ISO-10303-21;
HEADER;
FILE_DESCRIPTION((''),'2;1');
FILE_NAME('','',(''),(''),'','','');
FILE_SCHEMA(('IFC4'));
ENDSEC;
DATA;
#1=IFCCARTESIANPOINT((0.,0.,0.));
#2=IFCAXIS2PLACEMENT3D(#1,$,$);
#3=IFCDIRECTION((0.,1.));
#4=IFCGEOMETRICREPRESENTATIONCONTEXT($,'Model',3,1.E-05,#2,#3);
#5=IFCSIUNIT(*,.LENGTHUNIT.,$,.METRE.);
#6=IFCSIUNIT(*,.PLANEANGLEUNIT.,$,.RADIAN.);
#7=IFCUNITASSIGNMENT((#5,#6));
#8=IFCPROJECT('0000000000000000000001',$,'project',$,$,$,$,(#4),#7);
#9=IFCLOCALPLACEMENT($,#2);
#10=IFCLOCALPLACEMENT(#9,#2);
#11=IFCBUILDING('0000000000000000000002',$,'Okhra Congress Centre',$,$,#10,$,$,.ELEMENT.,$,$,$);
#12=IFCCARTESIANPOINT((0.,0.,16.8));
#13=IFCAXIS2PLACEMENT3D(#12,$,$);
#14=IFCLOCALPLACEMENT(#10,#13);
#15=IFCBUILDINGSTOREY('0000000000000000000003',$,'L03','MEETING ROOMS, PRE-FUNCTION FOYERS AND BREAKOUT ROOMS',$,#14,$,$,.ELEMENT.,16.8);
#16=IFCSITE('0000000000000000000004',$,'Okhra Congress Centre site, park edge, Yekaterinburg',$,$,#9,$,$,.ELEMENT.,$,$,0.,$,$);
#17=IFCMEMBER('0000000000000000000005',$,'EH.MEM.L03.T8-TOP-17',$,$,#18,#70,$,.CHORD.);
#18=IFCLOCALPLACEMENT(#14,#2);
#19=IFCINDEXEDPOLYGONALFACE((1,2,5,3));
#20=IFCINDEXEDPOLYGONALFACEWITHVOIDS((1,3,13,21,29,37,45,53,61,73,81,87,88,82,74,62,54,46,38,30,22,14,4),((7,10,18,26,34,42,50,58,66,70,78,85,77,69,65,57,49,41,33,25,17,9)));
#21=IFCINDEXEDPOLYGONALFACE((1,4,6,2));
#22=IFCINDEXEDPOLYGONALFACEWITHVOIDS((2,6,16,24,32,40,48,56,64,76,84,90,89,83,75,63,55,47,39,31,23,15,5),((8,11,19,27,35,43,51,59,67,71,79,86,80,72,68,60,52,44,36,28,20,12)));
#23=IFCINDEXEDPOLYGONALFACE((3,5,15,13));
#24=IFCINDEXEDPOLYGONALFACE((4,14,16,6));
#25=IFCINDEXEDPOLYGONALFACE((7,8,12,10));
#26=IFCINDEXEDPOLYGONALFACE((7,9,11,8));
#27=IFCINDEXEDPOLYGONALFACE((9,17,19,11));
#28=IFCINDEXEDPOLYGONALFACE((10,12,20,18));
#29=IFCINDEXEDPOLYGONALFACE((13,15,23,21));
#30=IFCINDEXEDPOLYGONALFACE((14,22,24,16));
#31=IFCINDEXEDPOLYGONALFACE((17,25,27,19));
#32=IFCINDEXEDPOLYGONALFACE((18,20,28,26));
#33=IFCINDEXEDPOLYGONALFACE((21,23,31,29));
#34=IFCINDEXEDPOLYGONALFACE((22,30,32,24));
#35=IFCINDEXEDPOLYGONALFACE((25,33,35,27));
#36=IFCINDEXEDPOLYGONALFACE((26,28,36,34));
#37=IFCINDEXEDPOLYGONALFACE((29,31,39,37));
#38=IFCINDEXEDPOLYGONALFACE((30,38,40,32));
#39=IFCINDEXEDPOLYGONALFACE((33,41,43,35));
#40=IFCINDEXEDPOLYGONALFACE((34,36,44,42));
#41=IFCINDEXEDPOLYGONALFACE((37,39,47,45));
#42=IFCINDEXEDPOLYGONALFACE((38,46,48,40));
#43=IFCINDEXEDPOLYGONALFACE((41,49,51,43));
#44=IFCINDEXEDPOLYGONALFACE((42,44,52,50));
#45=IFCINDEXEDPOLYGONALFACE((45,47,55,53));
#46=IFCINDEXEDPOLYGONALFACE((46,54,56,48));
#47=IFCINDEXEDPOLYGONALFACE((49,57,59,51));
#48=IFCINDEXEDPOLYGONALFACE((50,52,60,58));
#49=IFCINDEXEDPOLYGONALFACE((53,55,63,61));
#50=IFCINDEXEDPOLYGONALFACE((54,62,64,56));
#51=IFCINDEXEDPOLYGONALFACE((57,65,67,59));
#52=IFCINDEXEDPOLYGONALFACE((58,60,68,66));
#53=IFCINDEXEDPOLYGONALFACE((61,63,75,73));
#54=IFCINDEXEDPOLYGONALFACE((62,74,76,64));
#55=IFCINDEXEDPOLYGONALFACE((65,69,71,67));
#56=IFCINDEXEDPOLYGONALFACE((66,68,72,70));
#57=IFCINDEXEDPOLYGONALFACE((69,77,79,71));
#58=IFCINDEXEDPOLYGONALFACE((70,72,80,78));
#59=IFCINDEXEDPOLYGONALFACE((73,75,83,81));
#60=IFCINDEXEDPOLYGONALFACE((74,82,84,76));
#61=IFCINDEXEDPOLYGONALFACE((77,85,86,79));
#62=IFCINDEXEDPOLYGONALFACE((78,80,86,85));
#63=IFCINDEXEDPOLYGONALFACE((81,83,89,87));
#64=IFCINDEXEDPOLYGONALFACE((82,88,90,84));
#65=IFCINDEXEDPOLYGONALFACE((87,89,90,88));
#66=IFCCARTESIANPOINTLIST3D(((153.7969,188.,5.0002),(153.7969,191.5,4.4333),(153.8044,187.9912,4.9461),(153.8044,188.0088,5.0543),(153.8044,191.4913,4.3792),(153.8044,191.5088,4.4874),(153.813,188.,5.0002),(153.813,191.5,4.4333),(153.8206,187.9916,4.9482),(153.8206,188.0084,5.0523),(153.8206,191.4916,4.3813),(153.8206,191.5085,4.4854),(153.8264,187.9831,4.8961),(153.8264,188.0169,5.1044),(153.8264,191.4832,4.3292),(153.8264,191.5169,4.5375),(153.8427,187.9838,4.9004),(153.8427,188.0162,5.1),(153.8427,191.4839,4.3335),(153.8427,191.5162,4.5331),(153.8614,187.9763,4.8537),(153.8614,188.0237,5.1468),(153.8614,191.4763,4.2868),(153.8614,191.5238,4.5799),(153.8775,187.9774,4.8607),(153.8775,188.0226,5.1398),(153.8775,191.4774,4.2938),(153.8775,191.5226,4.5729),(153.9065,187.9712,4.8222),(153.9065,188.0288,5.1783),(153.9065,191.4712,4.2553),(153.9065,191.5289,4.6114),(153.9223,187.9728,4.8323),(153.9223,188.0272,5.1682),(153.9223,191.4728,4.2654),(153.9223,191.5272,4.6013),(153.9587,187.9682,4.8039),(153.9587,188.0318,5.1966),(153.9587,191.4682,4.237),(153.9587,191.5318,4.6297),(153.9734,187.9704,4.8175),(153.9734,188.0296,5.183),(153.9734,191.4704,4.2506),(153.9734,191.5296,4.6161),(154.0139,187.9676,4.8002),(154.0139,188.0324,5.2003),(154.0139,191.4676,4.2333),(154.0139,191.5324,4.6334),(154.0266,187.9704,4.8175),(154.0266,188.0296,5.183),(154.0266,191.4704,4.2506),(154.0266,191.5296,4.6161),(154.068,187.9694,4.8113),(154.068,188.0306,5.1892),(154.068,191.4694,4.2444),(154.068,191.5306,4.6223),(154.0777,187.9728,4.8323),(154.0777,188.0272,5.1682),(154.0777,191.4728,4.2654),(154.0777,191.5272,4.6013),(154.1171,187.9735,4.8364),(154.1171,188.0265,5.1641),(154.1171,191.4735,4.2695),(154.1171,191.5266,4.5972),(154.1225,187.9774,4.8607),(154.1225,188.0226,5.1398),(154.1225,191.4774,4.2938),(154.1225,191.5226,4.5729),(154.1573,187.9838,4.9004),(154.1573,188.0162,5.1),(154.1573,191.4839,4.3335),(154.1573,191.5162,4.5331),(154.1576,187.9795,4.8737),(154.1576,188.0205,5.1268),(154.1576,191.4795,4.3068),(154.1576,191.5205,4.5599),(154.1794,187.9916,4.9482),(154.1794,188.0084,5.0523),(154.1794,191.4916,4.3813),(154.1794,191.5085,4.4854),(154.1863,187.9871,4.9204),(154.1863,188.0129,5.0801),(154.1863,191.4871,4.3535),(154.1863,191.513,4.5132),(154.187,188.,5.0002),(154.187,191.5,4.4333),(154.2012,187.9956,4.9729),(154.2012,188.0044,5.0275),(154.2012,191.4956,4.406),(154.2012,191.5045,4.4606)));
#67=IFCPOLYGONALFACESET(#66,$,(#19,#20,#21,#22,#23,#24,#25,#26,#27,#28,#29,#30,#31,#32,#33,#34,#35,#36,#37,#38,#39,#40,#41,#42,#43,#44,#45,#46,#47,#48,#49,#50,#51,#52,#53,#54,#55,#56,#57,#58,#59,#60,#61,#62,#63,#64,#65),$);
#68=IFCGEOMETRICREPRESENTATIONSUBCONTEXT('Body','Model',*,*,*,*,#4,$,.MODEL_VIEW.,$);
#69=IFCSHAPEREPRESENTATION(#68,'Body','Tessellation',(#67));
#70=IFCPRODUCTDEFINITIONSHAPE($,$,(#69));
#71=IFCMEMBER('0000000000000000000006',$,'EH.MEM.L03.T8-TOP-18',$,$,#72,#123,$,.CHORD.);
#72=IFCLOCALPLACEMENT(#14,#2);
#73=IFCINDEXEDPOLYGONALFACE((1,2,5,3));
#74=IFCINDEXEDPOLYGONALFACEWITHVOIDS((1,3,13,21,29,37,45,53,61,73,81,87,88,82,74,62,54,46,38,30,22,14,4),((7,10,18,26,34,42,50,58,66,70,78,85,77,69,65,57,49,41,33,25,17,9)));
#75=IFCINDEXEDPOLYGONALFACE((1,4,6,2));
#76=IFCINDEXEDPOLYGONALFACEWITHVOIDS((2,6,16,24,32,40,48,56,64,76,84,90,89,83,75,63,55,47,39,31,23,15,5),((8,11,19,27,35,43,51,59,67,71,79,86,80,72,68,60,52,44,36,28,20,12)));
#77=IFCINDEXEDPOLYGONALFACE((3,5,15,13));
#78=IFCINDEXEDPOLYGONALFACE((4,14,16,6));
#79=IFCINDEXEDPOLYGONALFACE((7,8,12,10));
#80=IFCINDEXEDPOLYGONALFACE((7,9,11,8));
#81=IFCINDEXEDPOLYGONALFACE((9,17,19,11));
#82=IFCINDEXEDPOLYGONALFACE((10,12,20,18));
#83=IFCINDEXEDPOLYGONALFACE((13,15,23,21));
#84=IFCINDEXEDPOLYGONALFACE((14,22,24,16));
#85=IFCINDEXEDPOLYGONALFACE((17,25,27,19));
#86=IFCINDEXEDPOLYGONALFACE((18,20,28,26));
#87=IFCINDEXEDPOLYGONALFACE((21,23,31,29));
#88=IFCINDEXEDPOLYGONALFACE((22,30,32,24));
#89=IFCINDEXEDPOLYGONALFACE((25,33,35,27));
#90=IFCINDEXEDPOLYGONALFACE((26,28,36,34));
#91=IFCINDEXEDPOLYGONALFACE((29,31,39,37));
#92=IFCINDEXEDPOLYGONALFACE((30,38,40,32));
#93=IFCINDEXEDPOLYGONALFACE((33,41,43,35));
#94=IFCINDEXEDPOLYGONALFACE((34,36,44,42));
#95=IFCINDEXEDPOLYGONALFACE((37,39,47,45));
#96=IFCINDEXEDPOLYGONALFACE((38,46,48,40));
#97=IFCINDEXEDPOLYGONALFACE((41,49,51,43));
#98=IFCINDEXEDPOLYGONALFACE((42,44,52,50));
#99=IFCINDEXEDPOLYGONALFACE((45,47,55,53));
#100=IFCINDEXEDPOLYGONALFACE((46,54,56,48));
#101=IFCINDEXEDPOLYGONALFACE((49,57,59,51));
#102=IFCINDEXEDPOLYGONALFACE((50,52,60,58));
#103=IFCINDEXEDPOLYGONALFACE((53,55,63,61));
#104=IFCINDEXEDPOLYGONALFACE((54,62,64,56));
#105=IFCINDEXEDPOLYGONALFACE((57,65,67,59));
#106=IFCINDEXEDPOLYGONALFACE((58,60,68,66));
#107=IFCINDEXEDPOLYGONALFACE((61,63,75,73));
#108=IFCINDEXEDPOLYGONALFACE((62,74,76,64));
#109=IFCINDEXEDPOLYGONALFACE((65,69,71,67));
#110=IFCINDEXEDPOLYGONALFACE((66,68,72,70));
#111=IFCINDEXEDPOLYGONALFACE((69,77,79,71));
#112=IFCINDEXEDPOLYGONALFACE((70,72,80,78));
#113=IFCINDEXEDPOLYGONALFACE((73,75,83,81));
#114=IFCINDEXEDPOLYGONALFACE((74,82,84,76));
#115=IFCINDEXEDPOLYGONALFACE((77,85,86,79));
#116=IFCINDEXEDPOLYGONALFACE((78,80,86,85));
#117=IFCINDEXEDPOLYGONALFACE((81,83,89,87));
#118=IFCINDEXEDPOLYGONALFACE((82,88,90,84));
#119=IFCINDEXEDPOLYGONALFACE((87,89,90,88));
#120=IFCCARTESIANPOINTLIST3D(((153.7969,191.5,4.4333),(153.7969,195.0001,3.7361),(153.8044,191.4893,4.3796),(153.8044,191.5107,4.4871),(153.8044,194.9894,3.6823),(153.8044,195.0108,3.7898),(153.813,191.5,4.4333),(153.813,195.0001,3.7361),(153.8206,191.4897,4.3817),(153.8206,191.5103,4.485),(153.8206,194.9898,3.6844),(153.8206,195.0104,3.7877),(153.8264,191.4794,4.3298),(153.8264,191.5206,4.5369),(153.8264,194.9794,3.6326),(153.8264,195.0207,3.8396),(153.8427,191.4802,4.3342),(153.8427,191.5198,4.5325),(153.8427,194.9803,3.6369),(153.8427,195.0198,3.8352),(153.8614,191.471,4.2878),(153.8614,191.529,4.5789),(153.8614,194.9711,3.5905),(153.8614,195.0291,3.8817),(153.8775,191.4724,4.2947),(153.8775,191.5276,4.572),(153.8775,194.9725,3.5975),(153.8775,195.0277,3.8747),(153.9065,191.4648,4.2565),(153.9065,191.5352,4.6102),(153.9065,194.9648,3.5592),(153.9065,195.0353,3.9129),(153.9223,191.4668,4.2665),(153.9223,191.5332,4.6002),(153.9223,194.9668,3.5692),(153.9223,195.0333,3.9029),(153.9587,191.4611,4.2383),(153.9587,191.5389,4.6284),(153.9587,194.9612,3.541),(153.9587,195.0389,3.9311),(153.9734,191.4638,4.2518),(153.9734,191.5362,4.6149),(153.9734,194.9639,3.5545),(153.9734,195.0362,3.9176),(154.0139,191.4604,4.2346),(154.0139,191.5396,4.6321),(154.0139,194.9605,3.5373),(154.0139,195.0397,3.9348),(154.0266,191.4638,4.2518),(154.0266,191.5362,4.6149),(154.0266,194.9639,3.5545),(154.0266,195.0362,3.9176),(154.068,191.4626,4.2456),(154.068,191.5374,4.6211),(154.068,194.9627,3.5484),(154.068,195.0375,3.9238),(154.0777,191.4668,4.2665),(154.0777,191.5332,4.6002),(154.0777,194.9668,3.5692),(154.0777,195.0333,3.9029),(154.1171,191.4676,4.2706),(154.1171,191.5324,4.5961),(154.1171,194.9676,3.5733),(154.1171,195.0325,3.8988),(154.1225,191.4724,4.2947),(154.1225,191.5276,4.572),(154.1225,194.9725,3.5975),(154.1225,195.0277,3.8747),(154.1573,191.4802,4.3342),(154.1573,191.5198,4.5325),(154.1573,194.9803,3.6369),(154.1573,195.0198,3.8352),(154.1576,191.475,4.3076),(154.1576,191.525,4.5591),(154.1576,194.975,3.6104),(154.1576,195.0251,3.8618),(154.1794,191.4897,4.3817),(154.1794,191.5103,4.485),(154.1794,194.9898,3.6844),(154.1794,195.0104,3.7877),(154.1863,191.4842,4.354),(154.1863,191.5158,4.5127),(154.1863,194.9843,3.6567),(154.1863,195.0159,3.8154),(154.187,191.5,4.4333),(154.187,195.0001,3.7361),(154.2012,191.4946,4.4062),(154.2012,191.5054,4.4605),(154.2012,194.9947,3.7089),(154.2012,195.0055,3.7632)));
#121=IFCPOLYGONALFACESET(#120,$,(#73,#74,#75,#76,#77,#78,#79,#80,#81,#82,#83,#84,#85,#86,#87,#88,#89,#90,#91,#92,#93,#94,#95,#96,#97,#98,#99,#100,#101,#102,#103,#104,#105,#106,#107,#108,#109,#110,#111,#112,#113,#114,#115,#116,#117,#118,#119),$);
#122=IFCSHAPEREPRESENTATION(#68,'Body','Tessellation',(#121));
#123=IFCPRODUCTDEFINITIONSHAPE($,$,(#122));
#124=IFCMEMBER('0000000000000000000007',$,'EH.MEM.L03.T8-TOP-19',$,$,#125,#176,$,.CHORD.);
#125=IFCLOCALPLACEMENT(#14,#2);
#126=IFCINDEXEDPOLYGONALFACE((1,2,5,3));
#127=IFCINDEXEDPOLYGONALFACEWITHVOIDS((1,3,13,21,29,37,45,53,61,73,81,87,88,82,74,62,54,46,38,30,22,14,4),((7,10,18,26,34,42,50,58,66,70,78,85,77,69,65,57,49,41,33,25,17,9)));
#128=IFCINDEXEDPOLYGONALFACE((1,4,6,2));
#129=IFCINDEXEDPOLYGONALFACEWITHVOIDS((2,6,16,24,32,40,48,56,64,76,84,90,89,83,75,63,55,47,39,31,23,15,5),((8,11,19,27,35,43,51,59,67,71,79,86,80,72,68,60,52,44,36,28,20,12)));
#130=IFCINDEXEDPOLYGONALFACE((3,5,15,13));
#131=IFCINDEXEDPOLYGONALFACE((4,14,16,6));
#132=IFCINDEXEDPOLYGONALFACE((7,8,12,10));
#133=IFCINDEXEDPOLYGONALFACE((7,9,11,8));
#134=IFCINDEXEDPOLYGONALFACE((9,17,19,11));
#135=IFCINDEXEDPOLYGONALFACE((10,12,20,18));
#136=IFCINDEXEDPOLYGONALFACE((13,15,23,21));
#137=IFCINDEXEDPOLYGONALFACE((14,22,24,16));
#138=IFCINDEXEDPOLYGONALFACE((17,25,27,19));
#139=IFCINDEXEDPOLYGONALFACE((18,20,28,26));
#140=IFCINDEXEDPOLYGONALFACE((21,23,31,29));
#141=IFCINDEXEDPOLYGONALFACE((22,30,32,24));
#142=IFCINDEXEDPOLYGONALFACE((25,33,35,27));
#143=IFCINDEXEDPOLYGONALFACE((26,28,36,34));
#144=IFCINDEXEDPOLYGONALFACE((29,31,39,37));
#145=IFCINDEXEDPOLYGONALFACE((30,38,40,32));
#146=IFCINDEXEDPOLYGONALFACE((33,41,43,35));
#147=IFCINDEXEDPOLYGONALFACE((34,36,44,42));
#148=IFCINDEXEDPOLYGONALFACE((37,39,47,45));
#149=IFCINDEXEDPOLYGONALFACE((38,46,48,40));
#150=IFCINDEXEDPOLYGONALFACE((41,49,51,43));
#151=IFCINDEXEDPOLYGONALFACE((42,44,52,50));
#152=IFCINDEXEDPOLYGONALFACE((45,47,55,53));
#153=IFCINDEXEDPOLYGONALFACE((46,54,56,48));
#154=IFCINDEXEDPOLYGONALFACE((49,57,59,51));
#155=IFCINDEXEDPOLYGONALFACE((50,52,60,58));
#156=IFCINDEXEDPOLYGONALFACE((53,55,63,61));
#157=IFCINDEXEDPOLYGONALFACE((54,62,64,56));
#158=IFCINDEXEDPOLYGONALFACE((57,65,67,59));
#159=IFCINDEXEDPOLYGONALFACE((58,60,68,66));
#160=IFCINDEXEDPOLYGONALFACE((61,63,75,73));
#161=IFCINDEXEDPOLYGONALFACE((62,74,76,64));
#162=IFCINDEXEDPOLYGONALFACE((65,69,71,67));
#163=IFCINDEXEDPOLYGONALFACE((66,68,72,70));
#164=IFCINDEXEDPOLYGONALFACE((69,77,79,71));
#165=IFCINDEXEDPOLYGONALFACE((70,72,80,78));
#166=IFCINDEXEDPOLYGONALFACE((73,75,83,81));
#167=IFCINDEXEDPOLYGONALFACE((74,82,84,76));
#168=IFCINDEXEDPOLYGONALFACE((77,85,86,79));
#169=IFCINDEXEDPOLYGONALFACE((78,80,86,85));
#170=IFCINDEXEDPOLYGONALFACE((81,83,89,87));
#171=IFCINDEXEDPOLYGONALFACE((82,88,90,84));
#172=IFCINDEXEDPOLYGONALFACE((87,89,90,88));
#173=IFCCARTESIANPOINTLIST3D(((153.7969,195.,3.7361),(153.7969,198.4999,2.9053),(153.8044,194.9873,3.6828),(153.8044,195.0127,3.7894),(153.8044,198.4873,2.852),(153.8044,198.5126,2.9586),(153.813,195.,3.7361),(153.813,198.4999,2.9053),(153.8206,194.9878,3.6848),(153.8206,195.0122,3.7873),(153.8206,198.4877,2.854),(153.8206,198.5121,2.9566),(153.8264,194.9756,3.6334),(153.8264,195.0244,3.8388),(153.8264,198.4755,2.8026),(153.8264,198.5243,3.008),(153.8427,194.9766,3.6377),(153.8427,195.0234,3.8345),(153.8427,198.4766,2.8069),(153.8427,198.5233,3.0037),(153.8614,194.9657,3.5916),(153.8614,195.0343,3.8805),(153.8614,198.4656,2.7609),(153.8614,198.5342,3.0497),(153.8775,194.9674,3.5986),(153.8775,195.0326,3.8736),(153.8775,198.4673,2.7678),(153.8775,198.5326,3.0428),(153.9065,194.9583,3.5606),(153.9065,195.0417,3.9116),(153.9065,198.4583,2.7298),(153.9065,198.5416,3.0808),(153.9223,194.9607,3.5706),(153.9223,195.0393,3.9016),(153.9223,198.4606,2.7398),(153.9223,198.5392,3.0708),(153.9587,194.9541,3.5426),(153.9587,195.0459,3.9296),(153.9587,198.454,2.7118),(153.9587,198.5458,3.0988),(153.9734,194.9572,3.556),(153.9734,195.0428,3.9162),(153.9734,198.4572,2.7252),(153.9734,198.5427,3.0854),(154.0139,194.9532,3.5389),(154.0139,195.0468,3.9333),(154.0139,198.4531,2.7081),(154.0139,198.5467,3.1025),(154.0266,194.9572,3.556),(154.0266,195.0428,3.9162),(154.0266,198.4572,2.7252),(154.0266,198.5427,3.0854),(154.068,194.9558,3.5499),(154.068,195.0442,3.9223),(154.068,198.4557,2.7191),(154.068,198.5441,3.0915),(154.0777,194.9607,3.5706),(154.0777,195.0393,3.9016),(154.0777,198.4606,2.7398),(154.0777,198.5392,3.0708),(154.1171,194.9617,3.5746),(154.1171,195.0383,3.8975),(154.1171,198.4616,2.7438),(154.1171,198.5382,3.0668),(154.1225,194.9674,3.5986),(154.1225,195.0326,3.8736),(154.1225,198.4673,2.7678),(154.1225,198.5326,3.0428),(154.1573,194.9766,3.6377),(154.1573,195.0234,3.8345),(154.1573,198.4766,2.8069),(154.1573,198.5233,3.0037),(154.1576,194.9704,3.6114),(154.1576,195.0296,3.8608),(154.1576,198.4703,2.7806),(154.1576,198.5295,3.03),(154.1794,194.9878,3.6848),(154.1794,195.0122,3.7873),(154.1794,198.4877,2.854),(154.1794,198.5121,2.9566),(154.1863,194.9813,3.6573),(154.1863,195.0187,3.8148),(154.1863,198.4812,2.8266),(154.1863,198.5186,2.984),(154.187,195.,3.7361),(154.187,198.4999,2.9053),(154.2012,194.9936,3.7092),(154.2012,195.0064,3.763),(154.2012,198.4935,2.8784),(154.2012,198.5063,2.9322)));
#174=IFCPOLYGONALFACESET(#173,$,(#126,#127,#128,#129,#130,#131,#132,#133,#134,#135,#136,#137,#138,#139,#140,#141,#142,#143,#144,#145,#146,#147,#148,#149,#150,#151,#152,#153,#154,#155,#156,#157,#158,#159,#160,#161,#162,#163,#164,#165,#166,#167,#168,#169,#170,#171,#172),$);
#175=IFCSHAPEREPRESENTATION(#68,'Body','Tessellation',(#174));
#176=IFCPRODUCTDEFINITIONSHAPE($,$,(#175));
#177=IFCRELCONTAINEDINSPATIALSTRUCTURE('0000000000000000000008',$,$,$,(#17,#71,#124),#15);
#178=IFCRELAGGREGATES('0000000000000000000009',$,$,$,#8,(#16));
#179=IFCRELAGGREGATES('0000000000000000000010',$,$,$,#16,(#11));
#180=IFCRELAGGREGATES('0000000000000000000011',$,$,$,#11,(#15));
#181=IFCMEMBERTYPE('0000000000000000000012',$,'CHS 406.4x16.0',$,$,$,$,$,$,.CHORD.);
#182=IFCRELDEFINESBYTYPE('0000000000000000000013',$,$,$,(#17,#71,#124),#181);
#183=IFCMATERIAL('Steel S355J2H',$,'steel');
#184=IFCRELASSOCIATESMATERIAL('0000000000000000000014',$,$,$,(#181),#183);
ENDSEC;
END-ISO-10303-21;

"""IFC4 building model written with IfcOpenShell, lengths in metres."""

from ifc_helpers import new_model, si_unit, direction, frame, origin, origin_2d, place, context, subcontext, project, spatial, hollow_circle, extrude, material, material_profile, profile_set, type_object, element, save


model = new_model("IFC4")

# Units and contexts
model_context = context("Model", 3, precision=1e-05, world=origin(), true_north=direction((0.0, 1.0)))
body_context = subcontext(model_context, "Body", "Model", "MODEL_VIEW")
ifc_project = project(units=[si_unit("LENGTHUNIT", "METRE"), si_unit("PLANEANGLEUNIT", "RADIAN")], contexts=[model_context])

# Site, building, storey
site_placement = place(None, origin())
site = spatial("IfcSite", under=ifc_project, at=site_placement, Name="Okhra Congress Centre site, park edge, Yekaterinburg", CompositionType="ELEMENT", RefElevation=0.0)
building_placement = place(site_placement, origin())
building = spatial("IfcBuilding", under=site, at=building_placement, Name="Okhra Congress Centre", CompositionType="ELEMENT")
storey_placement = place(building_placement, frame((0.0, 0.0, 16.8)))
storey = spatial("IfcBuildingStorey", under=building, at=storey_placement, Name="L03", Description="MEETING ROOMS, PRE-FUNCTION FOYERS AND BREAKOUT ROOMS", CompositionType="ELEMENT", Elevation=16.8)

# Members
ifc_material_1 = material(Name="Steel S355J2H", Category="steel")
ifc_material_profile_1 = material_profile(ifc_material_1, hollow_circle(Radius=0.2031, WallThickness=0.0161, at=origin_2d()), Name="CHS 406.4x16.0")
ifc_profile_set_1 = profile_set([ifc_material_profile_1], Name="Steel S355J2H")
member_type_1 = type_object("IfcMemberType", Name="CHS 406.4x16.0", PredefinedType="CHORD", material=ifc_profile_set_1)
member_1_placement = place(storey_placement, frame((154.0, 188.0, 5.0002), z_axis=(0.0, 0.987135, -0.159886), x_axis=(-1.0, 0.0, 0.0)))
element("IfcMember", 1, at=member_1_placement, inside=storey, type_object=member_type_1, Name="EH.MEM.L03.T8-TOP-17", PredefinedType="CHORD", context=body_context, shape_type="SweptSolid", body=[
    extrude(hollow_circle(Radius=0.2031, WallThickness=0.0161, at=origin_2d()), origin(), (0.0, 0.0, 1.0), 3.5457),
])
member_2_placement = place(storey_placement, frame((154.0, 191.5, 4.4333), z_axis=(0.0, 0.980728, -0.195379), x_axis=(-1.0, 0.0, 0.0)))
element("IfcMember", 2, at=member_2_placement, inside=storey, type_object=member_type_1, Name="EH.MEM.L03.T8-TOP-18", PredefinedType="CHORD", context=body_context, shape_type="SweptSolid", body=[
    extrude(hollow_circle(Radius=0.2031, WallThickness=0.0161, at=origin_2d()), origin(), (0.0, 0.0, 1.0), 3.5688),
])
member_3_placement = place(storey_placement, frame((154.0, 195.0, 3.7361), z_axis=(0.0, 0.972964, -0.230957), x_axis=(-1.0, 0.0, 0.0)))
element("IfcMember", 3, at=member_3_placement, inside=storey, type_object=member_type_1, Name="EH.MEM.L03.T8-TOP-19", PredefinedType="CHORD", context=body_context, shape_type="SweptSolid", body=[
    extrude(hollow_circle(Radius=0.2031, WallThickness=0.0161, at=origin_2d()), origin(), (0.0, 0.0, 1.0), 3.5972),
])

save(model, "model.ifc")
